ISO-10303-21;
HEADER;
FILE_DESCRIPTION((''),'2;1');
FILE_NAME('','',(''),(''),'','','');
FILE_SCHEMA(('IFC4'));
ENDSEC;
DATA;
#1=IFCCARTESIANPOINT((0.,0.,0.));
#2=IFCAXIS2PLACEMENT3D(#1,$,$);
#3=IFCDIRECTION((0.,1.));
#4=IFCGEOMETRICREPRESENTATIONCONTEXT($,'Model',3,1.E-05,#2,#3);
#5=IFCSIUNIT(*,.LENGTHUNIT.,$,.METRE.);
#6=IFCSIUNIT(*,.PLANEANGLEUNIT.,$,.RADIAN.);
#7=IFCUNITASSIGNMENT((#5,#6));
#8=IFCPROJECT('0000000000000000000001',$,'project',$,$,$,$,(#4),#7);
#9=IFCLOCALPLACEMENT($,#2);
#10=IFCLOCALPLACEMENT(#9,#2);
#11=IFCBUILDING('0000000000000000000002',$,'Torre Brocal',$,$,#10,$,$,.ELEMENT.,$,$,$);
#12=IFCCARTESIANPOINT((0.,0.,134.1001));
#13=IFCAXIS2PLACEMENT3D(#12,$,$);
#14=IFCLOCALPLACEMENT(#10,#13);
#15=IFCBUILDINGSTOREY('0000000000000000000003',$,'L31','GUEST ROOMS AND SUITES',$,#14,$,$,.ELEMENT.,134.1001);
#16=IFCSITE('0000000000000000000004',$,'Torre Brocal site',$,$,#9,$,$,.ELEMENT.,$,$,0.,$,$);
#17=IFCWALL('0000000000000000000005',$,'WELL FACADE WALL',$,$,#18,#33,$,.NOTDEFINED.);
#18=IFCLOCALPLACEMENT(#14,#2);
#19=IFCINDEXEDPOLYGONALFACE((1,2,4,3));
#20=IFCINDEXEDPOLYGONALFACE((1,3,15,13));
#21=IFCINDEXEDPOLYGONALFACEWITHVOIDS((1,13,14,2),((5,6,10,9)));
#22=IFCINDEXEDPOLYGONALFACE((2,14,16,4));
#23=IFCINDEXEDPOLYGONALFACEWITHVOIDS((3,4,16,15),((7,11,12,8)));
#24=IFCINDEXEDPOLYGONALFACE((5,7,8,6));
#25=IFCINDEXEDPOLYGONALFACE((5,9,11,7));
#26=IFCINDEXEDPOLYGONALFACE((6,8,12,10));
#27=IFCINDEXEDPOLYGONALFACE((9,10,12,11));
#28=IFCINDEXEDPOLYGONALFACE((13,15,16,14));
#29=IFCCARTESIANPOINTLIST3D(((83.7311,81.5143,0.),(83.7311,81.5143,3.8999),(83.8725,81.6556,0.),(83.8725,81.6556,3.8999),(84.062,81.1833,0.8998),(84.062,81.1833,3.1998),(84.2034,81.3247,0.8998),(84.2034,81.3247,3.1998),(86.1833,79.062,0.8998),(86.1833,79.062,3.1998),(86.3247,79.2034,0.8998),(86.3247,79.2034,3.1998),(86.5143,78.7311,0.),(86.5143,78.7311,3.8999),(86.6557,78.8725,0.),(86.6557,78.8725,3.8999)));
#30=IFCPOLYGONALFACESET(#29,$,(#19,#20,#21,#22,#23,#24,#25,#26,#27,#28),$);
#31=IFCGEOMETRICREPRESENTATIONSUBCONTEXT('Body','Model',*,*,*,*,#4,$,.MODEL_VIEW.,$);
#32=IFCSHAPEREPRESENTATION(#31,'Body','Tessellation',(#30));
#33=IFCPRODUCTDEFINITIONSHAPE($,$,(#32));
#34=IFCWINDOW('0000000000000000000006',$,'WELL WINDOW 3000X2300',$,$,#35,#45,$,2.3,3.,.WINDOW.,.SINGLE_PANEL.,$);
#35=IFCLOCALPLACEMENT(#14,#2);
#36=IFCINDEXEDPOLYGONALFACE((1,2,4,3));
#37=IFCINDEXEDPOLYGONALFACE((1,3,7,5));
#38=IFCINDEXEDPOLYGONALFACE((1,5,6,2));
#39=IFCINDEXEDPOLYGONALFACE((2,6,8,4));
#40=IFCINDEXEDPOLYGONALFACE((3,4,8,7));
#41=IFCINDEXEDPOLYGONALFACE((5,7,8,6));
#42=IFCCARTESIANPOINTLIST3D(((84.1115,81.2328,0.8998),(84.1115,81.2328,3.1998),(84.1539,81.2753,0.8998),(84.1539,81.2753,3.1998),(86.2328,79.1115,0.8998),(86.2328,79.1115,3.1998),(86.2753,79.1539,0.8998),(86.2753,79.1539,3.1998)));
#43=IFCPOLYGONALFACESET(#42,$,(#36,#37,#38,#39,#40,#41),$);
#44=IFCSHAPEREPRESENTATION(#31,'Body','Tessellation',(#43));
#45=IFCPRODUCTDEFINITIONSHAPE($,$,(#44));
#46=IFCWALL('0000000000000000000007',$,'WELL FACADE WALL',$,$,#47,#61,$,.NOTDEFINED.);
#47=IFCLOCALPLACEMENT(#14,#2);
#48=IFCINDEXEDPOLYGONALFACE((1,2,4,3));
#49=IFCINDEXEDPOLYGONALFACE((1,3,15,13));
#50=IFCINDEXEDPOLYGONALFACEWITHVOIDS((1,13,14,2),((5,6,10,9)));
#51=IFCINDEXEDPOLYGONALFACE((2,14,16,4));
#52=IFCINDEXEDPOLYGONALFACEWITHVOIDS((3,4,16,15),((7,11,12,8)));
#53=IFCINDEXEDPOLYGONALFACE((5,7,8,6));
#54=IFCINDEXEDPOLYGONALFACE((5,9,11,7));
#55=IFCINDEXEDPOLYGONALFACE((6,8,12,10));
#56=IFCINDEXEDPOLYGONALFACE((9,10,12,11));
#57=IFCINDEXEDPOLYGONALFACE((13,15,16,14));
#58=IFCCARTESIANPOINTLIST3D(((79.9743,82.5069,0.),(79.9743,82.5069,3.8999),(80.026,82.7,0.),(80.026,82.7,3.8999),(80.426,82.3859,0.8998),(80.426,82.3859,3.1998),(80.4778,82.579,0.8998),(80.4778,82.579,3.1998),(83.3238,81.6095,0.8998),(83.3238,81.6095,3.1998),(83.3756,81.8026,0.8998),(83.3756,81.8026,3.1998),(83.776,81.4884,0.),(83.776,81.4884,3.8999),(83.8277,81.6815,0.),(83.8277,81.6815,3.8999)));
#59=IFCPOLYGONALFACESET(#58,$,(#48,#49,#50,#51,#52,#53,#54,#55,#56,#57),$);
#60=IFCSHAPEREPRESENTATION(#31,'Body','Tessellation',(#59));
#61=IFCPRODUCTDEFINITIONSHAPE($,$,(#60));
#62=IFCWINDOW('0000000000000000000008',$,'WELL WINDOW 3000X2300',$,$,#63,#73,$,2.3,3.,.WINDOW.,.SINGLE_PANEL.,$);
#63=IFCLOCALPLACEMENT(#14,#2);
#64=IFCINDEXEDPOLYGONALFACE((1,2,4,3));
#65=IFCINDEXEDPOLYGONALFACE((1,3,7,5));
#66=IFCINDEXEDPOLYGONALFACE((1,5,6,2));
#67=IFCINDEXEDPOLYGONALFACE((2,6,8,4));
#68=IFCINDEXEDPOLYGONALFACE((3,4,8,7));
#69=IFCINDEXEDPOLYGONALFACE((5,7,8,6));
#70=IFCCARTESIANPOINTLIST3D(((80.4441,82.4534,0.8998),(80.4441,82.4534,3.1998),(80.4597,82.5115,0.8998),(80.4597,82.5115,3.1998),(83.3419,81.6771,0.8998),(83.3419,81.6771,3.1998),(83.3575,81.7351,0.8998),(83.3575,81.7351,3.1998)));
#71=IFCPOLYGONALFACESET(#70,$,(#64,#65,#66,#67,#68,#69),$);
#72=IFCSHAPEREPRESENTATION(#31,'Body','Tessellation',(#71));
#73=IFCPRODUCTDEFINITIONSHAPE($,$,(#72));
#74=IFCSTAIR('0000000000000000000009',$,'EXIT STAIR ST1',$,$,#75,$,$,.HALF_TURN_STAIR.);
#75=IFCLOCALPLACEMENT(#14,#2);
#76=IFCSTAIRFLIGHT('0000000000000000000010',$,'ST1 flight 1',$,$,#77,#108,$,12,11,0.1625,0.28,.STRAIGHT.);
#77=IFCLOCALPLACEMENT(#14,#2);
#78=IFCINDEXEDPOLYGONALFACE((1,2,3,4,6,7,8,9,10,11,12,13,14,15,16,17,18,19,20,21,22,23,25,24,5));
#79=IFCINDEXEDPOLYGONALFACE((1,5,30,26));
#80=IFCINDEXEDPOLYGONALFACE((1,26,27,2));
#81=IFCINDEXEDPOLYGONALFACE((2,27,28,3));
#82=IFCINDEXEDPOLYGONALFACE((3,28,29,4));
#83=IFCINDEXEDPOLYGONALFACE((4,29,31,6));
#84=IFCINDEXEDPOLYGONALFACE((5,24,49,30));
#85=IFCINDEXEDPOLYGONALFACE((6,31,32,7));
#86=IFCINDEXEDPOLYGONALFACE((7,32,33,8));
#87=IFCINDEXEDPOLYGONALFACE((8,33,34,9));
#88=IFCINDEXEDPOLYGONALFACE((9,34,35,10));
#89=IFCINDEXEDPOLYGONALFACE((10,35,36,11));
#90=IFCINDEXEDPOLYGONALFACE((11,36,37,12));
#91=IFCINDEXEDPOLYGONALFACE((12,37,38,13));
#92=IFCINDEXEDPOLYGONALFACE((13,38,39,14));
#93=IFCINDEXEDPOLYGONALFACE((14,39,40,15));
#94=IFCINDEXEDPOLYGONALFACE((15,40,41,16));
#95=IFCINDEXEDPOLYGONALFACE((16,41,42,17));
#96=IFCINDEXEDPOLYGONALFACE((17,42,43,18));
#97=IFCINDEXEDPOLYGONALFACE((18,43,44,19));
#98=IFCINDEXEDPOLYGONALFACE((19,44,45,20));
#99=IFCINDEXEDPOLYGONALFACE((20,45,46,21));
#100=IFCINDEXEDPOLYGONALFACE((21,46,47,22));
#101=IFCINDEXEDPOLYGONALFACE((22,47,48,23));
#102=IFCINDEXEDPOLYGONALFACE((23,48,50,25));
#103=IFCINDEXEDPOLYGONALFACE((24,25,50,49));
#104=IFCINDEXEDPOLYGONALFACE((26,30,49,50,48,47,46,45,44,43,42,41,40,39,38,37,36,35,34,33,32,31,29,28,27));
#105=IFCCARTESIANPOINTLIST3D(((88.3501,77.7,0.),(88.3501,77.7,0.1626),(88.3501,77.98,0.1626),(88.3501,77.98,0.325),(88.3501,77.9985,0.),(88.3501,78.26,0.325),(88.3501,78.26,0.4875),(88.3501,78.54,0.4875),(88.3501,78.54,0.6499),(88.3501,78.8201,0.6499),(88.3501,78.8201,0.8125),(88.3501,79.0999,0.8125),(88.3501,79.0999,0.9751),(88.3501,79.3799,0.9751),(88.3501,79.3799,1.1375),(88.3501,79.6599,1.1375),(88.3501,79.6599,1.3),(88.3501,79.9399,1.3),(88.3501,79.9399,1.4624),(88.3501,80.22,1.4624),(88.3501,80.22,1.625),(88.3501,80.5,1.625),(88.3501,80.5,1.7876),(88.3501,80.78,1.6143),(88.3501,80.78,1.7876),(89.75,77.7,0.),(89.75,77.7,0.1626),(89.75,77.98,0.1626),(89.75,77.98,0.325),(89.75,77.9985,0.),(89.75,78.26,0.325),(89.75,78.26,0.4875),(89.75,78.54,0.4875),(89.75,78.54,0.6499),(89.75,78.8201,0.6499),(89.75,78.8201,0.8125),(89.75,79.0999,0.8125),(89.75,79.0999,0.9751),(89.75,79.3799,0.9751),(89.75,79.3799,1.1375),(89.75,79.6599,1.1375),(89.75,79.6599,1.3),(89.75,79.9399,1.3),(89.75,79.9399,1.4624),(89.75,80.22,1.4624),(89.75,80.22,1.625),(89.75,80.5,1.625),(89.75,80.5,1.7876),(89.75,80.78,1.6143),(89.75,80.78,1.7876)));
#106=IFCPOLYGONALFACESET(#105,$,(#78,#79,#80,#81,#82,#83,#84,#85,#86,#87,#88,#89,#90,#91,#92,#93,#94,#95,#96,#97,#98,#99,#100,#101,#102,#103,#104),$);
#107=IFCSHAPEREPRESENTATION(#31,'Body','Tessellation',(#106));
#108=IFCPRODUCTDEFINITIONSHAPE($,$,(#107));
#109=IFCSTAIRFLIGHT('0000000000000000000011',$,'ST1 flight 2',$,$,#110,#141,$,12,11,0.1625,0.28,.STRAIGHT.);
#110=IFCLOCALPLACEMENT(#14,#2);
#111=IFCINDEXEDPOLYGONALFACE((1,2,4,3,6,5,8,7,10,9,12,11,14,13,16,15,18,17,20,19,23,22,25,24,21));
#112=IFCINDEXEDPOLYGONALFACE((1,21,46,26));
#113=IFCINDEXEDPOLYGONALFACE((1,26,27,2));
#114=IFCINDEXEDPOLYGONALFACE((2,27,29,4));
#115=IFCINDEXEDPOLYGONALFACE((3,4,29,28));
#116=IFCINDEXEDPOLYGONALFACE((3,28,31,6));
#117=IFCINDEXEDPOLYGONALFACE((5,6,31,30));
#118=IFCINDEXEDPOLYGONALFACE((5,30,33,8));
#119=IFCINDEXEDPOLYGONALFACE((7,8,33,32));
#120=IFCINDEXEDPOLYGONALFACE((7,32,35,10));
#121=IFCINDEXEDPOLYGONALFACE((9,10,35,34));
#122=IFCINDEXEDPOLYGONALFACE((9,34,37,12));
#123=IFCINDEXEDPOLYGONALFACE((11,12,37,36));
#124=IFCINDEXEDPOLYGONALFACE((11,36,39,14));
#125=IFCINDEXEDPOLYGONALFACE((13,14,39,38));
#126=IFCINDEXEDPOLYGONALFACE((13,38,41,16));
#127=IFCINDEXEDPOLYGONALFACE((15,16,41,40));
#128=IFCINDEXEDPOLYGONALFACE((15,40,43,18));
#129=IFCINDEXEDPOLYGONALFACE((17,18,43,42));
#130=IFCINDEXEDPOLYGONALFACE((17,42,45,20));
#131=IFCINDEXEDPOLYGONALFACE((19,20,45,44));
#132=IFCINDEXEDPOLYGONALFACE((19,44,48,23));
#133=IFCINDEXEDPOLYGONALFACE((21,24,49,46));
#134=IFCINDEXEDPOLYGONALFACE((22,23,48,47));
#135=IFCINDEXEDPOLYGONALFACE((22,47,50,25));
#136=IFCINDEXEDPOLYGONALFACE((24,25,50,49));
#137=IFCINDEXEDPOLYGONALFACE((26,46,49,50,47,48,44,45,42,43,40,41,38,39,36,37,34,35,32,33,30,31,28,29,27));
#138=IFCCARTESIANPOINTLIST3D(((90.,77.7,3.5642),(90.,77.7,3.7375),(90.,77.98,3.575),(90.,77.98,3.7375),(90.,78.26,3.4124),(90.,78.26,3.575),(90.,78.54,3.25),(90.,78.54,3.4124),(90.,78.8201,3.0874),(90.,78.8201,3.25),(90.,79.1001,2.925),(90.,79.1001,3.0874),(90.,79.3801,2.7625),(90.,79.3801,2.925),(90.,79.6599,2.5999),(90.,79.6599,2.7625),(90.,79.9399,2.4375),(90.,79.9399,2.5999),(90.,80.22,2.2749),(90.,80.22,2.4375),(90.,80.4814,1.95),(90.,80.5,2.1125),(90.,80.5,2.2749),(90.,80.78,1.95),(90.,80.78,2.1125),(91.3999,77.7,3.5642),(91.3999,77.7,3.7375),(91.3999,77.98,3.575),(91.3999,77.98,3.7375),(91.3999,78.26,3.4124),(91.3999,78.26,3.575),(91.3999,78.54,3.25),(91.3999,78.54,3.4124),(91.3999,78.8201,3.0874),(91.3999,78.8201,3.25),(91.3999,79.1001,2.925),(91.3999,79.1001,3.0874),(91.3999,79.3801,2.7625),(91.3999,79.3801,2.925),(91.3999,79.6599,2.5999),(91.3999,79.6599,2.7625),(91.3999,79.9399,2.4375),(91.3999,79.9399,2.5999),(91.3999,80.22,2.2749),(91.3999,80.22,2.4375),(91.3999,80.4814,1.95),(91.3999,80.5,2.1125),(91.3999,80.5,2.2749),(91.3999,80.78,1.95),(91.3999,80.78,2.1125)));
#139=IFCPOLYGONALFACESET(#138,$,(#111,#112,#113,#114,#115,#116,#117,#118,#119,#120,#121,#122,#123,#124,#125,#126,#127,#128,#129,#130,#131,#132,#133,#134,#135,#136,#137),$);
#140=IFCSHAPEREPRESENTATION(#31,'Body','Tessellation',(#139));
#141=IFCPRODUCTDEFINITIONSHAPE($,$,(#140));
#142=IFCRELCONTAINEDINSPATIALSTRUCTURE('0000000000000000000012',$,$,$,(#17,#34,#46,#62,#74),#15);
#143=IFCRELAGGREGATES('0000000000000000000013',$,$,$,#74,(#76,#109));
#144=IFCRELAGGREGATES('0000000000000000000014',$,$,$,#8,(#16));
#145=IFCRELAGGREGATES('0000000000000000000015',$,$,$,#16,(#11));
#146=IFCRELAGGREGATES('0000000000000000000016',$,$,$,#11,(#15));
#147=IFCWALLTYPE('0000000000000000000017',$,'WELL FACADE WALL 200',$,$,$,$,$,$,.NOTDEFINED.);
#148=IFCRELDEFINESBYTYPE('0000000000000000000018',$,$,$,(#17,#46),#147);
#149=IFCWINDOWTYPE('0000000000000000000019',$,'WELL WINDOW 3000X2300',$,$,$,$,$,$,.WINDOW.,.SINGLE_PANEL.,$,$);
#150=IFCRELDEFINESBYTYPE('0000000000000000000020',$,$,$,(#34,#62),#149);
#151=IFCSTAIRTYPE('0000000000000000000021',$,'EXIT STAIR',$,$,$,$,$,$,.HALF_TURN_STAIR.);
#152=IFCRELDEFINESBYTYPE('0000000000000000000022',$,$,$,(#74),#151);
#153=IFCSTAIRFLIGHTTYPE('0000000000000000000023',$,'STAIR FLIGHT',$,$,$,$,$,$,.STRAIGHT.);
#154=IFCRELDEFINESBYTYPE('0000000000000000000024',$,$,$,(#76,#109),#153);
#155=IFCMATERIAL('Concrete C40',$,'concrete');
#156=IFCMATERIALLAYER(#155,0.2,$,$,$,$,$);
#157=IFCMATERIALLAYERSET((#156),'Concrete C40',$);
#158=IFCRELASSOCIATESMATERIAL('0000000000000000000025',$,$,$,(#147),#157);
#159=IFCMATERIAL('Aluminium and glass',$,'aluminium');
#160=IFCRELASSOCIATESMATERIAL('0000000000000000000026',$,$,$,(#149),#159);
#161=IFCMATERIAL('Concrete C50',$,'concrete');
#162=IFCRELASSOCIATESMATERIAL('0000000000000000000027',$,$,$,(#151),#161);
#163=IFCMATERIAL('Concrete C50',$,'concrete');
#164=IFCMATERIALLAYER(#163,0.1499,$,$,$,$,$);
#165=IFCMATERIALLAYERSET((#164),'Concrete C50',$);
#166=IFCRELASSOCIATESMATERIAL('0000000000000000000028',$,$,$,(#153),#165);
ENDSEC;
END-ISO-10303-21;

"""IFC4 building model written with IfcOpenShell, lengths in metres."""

from ifc_helpers import new_model, si_unit, direction, frame, frame_2d, origin, place, context, subcontext, project, spatial, polyline, rectangle, outline, extrude, material, layer, layer_set, type_object, element, fill, aggregate, save


model = new_model("IFC4")

# Units and contexts
model_context = context("Model", 3, precision=1e-05, world=origin(), true_north=direction((0.0, 1.0)))
body_context = subcontext(model_context, "Body", "Model", "MODEL_VIEW")
ifc_project = project(units=[si_unit("LENGTHUNIT", "METRE"), si_unit("PLANEANGLEUNIT", "RADIAN")], contexts=[model_context])

# Site, building, storey
site_placement = place(None, origin())
site = spatial("IfcSite", under=ifc_project, at=site_placement, Name="Torre Brocal site", CompositionType="ELEMENT", RefElevation=0.0)
building_placement = place(site_placement, origin())
building = spatial("IfcBuilding", under=site, at=building_placement, Name="Torre Brocal", CompositionType="ELEMENT")
storey_placement = place(building_placement, frame((0.0, 0.0, 134.1001)))
storey = spatial("IfcBuildingStorey", under=building, at=storey_placement, Name="L31", Description="GUEST ROOMS AND SUITES", CompositionType="ELEMENT", Elevation=134.1001)

# Walls, openings, windows
ifc_material_1 = material(Name="Concrete C40", Category="concrete")
ifc_layer_1 = layer(ifc_material_1, 0.2)
ifc_layer_set_1 = layer_set([ifc_layer_1], Name="Concrete C40")
wall_type_1 = type_object("IfcWallType", Name="WELL FACADE WALL 200", PredefinedType="NOTDEFINED", material=ifc_layer_set_1)
wall_1_placement = place(storey_placement, frame((86.585, 78.8018, 0.0), z_axis=(0.0, 0.0, 1.0), x_axis=(-0.707107, 0.707107, 0.0)))
wall_1 = element("IfcWall", 1, at=wall_1_placement, inside=storey, type_object=wall_type_1, Name="WELL FACADE WALL", PredefinedType="NOTDEFINED", context=body_context, shape_type="SweptSolid", body=[
    extrude(rectangle(XDim=3.936, YDim=0.2, at=frame_2d((1.968, 0.0))), origin(), (0.0, 0.0, 1.0), 3.8999),
])
opening_1_placement = place(wall_1_placement, frame((0.468, 0.0, 0.8999)))
opening_1 = element("IfcOpeningElement", 2, at=opening_1_placement, cuts=wall_1, PredefinedType="OPENING", context=body_context, shape_type="SweptSolid", body=[
    extrude(rectangle(XDim=3.0, YDim=2.3, at=frame_2d((1.5, 1.1499))), frame((0.0, 0.1099, 0.0), z_axis=(0.0, -1.0, 0.0), x_axis=(1.0, 0.0, 0.0)), (0.0, 0.0, 1.0), 0.22),
])
ifc_material_2 = material(Name="Aluminium and glass", Category="aluminium")
window_type = type_object("IfcWindowType", Name="WELL WINDOW 3000X2300", PartitioningType="SINGLE_PANEL", PredefinedType="WINDOW", material=ifc_material_2)
window_1_placement = place(opening_1_placement, origin())
window_1 = element("IfcWindow", 3, at=window_1_placement, inside=storey, type_object=window_type, Name="WELL WINDOW 3000X2300", OverallHeight=2.3, OverallWidth=3.0, PartitioningType="SINGLE_PANEL", PredefinedType="WINDOW", context=body_context, shape_type="SweptSolid", body=[
    extrude(rectangle(XDim=3.0, YDim=2.3, at=frame_2d((1.5, 1.1499))), frame((0.0, 0.03, 0.0), z_axis=(0.0, -1.0, 0.0), x_axis=(1.0, 0.0, 0.0)), (0.0, 0.0, 1.0), 0.0601),
])
fill(opening_1, window_1)
wall_2_placement = place(storey_placement, frame((83.8018, 81.585, 0.0), z_axis=(0.0, 0.0, 1.0), x_axis=(-0.965934, 0.25879, 0.0)))
wall_2 = element("IfcWall", 4, at=wall_2_placement, inside=storey, type_object=wall_type_1, Name="WELL FACADE WALL", PredefinedType="NOTDEFINED", context=body_context, shape_type="SweptSolid", body=[
    extrude(rectangle(XDim=3.9358, YDim=0.2, at=frame_2d((1.9678, 0.0))), origin(), (0.0, 0.0, 1.0), 3.8999),
])
opening_2_placement = place(wall_2_placement, frame((0.468, 0.0, 0.8999)))
opening_2 = element("IfcOpeningElement", 5, at=opening_2_placement, cuts=wall_2, PredefinedType="OPENING", context=body_context, shape_type="SweptSolid", body=[
    extrude(rectangle(XDim=3.0, YDim=2.3, at=frame_2d((1.5, 1.1499))), frame((0.0, 0.1099, 0.0), z_axis=(0.0, -1.0, 0.0), x_axis=(1.0, 0.0, 0.0)), (0.0, 0.0, 1.0), 0.22),
])
window_2_placement = place(opening_2_placement, origin())
window_2 = element("IfcWindow", 6, at=window_2_placement, inside=storey, type_object=window_type, Name="WELL WINDOW 3000X2300", OverallHeight=2.3, OverallWidth=3.0, PartitioningType="SINGLE_PANEL", PredefinedType="WINDOW", context=body_context, shape_type="SweptSolid", body=[
    extrude(rectangle(XDim=3.0, YDim=2.3, at=frame_2d((1.5, 1.1499))), frame((0.0, 0.03, 0.0), z_axis=(0.0, -1.0, 0.0), x_axis=(1.0, 0.0, 0.0)), (0.0, 0.0, 1.0), 0.0601),
])
fill(opening_2, window_2)

# Stair, stair flights
ifc_material_3 = material(Name="Concrete C50", Category="concrete")
stair_type = type_object("IfcStairType", Name="EXIT STAIR", PredefinedType="HALF_TURN_STAIR", material=ifc_material_3)
stair_placement = place(storey_placement, origin())
stair = element("IfcStair", 7, at=stair_placement, inside=storey, type_object=stair_type, Name="EXIT STAIR ST1", PredefinedType="HALF_TURN_STAIR")
ifc_material_4 = material(Name="Concrete C50", Category="concrete")
ifc_layer_2 = layer(ifc_material_4, 0.1499)
ifc_layer_set_2 = layer_set([ifc_layer_2], Name="Concrete C50")
stair_flight_type = type_object("IfcStairFlightType", Name="STAIR FLIGHT", PredefinedType="STRAIGHT", material=ifc_layer_set_2)
stair_flight_1_placement = place(storey_placement, frame((89.05, 77.7, 0.0), z_axis=(0.0, 0.0, 1.0), x_axis=(0.0, 1.0, 0.0)))
stair_flight_1 = element("IfcStairFlight", 8, at=stair_flight_1_placement, type_object=stair_flight_type, Name="ST1 flight 1", NumberOfRisers=12, NumberOfTreads=11, PredefinedType="STRAIGHT", RiserHeight=0.1625, TreadLength=0.28, context=body_context, shape_type="SweptSolid", body=[
    extrude(outline(polyline([(0.0, 0.0), (0.0, 0.1626), (0.28, 0.1626), (0.28, 0.325), (0.5601, 0.325), (0.5601, 0.4875), (0.8401, 0.4875), (0.8401, 0.6499), (1.1201, 0.6499), (1.1201, 0.8125), (1.3999, 0.8125), (1.3999, 0.9751), (1.6799, 0.9751), (1.6799, 1.1375), (1.96, 1.1375), (1.96, 1.3), (2.24, 1.3), (2.24, 1.4624), (2.52, 1.4624), (2.52, 1.625), (2.8, 1.625), (2.8, 1.7876), (3.0801, 1.7876), (3.0801, 1.95), (3.0801, 1.6143), (0.2986, 0.0), (0.0, 0.0)])), frame((0.0, 0.7, 0.0), z_axis=(0.0, -1.0, 0.0), x_axis=(1.0, 0.0, 0.0)), (0.0, 0.0, 1.0), 1.3999),
])
stair_flight_2_placement = place(storey_placement, frame((90.7, 80.78, 1.95), z_axis=(0.0, 0.0, 1.0), x_axis=(0.0, -1.0, 0.0)))
stair_flight_2 = element("IfcStairFlight", 9, at=stair_flight_2_placement, type_object=stair_flight_type, Name="ST1 flight 2", NumberOfRisers=12, NumberOfTreads=11, PredefinedType="STRAIGHT", RiserHeight=0.1625, TreadLength=0.28, context=body_context, shape_type="SweptSolid", body=[
    extrude(outline(polyline([(0.0, 0.0), (0.0, 0.1626), (0.28, 0.1626), (0.28, 0.325), (0.5601, 0.325), (0.5601, 0.4875), (0.8401, 0.4875), (0.8401, 0.6499), (1.1201, 0.6499), (1.1201, 0.8125), (1.3999, 0.8125), (1.3999, 0.9751), (1.6799, 0.9751), (1.6799, 1.1375), (1.96, 1.1375), (1.96, 1.3), (2.24, 1.3), (2.24, 1.4624), (2.52, 1.4624), (2.52, 1.625), (2.8, 1.625), (2.8, 1.7876), (3.0801, 1.7876), (3.0801, 1.95), (3.0801, 1.6143), (0.2986, 0.0), (0.0, 0.0)])), frame((0.0, 0.7, 0.0), z_axis=(0.0, -1.0, 0.0), x_axis=(1.0, 0.0, 0.0)), (0.0, 0.0, 1.0), 1.3999),
])
aggregate(stair, [stair_flight_1, stair_flight_2])

save(model, "model.ifc")
